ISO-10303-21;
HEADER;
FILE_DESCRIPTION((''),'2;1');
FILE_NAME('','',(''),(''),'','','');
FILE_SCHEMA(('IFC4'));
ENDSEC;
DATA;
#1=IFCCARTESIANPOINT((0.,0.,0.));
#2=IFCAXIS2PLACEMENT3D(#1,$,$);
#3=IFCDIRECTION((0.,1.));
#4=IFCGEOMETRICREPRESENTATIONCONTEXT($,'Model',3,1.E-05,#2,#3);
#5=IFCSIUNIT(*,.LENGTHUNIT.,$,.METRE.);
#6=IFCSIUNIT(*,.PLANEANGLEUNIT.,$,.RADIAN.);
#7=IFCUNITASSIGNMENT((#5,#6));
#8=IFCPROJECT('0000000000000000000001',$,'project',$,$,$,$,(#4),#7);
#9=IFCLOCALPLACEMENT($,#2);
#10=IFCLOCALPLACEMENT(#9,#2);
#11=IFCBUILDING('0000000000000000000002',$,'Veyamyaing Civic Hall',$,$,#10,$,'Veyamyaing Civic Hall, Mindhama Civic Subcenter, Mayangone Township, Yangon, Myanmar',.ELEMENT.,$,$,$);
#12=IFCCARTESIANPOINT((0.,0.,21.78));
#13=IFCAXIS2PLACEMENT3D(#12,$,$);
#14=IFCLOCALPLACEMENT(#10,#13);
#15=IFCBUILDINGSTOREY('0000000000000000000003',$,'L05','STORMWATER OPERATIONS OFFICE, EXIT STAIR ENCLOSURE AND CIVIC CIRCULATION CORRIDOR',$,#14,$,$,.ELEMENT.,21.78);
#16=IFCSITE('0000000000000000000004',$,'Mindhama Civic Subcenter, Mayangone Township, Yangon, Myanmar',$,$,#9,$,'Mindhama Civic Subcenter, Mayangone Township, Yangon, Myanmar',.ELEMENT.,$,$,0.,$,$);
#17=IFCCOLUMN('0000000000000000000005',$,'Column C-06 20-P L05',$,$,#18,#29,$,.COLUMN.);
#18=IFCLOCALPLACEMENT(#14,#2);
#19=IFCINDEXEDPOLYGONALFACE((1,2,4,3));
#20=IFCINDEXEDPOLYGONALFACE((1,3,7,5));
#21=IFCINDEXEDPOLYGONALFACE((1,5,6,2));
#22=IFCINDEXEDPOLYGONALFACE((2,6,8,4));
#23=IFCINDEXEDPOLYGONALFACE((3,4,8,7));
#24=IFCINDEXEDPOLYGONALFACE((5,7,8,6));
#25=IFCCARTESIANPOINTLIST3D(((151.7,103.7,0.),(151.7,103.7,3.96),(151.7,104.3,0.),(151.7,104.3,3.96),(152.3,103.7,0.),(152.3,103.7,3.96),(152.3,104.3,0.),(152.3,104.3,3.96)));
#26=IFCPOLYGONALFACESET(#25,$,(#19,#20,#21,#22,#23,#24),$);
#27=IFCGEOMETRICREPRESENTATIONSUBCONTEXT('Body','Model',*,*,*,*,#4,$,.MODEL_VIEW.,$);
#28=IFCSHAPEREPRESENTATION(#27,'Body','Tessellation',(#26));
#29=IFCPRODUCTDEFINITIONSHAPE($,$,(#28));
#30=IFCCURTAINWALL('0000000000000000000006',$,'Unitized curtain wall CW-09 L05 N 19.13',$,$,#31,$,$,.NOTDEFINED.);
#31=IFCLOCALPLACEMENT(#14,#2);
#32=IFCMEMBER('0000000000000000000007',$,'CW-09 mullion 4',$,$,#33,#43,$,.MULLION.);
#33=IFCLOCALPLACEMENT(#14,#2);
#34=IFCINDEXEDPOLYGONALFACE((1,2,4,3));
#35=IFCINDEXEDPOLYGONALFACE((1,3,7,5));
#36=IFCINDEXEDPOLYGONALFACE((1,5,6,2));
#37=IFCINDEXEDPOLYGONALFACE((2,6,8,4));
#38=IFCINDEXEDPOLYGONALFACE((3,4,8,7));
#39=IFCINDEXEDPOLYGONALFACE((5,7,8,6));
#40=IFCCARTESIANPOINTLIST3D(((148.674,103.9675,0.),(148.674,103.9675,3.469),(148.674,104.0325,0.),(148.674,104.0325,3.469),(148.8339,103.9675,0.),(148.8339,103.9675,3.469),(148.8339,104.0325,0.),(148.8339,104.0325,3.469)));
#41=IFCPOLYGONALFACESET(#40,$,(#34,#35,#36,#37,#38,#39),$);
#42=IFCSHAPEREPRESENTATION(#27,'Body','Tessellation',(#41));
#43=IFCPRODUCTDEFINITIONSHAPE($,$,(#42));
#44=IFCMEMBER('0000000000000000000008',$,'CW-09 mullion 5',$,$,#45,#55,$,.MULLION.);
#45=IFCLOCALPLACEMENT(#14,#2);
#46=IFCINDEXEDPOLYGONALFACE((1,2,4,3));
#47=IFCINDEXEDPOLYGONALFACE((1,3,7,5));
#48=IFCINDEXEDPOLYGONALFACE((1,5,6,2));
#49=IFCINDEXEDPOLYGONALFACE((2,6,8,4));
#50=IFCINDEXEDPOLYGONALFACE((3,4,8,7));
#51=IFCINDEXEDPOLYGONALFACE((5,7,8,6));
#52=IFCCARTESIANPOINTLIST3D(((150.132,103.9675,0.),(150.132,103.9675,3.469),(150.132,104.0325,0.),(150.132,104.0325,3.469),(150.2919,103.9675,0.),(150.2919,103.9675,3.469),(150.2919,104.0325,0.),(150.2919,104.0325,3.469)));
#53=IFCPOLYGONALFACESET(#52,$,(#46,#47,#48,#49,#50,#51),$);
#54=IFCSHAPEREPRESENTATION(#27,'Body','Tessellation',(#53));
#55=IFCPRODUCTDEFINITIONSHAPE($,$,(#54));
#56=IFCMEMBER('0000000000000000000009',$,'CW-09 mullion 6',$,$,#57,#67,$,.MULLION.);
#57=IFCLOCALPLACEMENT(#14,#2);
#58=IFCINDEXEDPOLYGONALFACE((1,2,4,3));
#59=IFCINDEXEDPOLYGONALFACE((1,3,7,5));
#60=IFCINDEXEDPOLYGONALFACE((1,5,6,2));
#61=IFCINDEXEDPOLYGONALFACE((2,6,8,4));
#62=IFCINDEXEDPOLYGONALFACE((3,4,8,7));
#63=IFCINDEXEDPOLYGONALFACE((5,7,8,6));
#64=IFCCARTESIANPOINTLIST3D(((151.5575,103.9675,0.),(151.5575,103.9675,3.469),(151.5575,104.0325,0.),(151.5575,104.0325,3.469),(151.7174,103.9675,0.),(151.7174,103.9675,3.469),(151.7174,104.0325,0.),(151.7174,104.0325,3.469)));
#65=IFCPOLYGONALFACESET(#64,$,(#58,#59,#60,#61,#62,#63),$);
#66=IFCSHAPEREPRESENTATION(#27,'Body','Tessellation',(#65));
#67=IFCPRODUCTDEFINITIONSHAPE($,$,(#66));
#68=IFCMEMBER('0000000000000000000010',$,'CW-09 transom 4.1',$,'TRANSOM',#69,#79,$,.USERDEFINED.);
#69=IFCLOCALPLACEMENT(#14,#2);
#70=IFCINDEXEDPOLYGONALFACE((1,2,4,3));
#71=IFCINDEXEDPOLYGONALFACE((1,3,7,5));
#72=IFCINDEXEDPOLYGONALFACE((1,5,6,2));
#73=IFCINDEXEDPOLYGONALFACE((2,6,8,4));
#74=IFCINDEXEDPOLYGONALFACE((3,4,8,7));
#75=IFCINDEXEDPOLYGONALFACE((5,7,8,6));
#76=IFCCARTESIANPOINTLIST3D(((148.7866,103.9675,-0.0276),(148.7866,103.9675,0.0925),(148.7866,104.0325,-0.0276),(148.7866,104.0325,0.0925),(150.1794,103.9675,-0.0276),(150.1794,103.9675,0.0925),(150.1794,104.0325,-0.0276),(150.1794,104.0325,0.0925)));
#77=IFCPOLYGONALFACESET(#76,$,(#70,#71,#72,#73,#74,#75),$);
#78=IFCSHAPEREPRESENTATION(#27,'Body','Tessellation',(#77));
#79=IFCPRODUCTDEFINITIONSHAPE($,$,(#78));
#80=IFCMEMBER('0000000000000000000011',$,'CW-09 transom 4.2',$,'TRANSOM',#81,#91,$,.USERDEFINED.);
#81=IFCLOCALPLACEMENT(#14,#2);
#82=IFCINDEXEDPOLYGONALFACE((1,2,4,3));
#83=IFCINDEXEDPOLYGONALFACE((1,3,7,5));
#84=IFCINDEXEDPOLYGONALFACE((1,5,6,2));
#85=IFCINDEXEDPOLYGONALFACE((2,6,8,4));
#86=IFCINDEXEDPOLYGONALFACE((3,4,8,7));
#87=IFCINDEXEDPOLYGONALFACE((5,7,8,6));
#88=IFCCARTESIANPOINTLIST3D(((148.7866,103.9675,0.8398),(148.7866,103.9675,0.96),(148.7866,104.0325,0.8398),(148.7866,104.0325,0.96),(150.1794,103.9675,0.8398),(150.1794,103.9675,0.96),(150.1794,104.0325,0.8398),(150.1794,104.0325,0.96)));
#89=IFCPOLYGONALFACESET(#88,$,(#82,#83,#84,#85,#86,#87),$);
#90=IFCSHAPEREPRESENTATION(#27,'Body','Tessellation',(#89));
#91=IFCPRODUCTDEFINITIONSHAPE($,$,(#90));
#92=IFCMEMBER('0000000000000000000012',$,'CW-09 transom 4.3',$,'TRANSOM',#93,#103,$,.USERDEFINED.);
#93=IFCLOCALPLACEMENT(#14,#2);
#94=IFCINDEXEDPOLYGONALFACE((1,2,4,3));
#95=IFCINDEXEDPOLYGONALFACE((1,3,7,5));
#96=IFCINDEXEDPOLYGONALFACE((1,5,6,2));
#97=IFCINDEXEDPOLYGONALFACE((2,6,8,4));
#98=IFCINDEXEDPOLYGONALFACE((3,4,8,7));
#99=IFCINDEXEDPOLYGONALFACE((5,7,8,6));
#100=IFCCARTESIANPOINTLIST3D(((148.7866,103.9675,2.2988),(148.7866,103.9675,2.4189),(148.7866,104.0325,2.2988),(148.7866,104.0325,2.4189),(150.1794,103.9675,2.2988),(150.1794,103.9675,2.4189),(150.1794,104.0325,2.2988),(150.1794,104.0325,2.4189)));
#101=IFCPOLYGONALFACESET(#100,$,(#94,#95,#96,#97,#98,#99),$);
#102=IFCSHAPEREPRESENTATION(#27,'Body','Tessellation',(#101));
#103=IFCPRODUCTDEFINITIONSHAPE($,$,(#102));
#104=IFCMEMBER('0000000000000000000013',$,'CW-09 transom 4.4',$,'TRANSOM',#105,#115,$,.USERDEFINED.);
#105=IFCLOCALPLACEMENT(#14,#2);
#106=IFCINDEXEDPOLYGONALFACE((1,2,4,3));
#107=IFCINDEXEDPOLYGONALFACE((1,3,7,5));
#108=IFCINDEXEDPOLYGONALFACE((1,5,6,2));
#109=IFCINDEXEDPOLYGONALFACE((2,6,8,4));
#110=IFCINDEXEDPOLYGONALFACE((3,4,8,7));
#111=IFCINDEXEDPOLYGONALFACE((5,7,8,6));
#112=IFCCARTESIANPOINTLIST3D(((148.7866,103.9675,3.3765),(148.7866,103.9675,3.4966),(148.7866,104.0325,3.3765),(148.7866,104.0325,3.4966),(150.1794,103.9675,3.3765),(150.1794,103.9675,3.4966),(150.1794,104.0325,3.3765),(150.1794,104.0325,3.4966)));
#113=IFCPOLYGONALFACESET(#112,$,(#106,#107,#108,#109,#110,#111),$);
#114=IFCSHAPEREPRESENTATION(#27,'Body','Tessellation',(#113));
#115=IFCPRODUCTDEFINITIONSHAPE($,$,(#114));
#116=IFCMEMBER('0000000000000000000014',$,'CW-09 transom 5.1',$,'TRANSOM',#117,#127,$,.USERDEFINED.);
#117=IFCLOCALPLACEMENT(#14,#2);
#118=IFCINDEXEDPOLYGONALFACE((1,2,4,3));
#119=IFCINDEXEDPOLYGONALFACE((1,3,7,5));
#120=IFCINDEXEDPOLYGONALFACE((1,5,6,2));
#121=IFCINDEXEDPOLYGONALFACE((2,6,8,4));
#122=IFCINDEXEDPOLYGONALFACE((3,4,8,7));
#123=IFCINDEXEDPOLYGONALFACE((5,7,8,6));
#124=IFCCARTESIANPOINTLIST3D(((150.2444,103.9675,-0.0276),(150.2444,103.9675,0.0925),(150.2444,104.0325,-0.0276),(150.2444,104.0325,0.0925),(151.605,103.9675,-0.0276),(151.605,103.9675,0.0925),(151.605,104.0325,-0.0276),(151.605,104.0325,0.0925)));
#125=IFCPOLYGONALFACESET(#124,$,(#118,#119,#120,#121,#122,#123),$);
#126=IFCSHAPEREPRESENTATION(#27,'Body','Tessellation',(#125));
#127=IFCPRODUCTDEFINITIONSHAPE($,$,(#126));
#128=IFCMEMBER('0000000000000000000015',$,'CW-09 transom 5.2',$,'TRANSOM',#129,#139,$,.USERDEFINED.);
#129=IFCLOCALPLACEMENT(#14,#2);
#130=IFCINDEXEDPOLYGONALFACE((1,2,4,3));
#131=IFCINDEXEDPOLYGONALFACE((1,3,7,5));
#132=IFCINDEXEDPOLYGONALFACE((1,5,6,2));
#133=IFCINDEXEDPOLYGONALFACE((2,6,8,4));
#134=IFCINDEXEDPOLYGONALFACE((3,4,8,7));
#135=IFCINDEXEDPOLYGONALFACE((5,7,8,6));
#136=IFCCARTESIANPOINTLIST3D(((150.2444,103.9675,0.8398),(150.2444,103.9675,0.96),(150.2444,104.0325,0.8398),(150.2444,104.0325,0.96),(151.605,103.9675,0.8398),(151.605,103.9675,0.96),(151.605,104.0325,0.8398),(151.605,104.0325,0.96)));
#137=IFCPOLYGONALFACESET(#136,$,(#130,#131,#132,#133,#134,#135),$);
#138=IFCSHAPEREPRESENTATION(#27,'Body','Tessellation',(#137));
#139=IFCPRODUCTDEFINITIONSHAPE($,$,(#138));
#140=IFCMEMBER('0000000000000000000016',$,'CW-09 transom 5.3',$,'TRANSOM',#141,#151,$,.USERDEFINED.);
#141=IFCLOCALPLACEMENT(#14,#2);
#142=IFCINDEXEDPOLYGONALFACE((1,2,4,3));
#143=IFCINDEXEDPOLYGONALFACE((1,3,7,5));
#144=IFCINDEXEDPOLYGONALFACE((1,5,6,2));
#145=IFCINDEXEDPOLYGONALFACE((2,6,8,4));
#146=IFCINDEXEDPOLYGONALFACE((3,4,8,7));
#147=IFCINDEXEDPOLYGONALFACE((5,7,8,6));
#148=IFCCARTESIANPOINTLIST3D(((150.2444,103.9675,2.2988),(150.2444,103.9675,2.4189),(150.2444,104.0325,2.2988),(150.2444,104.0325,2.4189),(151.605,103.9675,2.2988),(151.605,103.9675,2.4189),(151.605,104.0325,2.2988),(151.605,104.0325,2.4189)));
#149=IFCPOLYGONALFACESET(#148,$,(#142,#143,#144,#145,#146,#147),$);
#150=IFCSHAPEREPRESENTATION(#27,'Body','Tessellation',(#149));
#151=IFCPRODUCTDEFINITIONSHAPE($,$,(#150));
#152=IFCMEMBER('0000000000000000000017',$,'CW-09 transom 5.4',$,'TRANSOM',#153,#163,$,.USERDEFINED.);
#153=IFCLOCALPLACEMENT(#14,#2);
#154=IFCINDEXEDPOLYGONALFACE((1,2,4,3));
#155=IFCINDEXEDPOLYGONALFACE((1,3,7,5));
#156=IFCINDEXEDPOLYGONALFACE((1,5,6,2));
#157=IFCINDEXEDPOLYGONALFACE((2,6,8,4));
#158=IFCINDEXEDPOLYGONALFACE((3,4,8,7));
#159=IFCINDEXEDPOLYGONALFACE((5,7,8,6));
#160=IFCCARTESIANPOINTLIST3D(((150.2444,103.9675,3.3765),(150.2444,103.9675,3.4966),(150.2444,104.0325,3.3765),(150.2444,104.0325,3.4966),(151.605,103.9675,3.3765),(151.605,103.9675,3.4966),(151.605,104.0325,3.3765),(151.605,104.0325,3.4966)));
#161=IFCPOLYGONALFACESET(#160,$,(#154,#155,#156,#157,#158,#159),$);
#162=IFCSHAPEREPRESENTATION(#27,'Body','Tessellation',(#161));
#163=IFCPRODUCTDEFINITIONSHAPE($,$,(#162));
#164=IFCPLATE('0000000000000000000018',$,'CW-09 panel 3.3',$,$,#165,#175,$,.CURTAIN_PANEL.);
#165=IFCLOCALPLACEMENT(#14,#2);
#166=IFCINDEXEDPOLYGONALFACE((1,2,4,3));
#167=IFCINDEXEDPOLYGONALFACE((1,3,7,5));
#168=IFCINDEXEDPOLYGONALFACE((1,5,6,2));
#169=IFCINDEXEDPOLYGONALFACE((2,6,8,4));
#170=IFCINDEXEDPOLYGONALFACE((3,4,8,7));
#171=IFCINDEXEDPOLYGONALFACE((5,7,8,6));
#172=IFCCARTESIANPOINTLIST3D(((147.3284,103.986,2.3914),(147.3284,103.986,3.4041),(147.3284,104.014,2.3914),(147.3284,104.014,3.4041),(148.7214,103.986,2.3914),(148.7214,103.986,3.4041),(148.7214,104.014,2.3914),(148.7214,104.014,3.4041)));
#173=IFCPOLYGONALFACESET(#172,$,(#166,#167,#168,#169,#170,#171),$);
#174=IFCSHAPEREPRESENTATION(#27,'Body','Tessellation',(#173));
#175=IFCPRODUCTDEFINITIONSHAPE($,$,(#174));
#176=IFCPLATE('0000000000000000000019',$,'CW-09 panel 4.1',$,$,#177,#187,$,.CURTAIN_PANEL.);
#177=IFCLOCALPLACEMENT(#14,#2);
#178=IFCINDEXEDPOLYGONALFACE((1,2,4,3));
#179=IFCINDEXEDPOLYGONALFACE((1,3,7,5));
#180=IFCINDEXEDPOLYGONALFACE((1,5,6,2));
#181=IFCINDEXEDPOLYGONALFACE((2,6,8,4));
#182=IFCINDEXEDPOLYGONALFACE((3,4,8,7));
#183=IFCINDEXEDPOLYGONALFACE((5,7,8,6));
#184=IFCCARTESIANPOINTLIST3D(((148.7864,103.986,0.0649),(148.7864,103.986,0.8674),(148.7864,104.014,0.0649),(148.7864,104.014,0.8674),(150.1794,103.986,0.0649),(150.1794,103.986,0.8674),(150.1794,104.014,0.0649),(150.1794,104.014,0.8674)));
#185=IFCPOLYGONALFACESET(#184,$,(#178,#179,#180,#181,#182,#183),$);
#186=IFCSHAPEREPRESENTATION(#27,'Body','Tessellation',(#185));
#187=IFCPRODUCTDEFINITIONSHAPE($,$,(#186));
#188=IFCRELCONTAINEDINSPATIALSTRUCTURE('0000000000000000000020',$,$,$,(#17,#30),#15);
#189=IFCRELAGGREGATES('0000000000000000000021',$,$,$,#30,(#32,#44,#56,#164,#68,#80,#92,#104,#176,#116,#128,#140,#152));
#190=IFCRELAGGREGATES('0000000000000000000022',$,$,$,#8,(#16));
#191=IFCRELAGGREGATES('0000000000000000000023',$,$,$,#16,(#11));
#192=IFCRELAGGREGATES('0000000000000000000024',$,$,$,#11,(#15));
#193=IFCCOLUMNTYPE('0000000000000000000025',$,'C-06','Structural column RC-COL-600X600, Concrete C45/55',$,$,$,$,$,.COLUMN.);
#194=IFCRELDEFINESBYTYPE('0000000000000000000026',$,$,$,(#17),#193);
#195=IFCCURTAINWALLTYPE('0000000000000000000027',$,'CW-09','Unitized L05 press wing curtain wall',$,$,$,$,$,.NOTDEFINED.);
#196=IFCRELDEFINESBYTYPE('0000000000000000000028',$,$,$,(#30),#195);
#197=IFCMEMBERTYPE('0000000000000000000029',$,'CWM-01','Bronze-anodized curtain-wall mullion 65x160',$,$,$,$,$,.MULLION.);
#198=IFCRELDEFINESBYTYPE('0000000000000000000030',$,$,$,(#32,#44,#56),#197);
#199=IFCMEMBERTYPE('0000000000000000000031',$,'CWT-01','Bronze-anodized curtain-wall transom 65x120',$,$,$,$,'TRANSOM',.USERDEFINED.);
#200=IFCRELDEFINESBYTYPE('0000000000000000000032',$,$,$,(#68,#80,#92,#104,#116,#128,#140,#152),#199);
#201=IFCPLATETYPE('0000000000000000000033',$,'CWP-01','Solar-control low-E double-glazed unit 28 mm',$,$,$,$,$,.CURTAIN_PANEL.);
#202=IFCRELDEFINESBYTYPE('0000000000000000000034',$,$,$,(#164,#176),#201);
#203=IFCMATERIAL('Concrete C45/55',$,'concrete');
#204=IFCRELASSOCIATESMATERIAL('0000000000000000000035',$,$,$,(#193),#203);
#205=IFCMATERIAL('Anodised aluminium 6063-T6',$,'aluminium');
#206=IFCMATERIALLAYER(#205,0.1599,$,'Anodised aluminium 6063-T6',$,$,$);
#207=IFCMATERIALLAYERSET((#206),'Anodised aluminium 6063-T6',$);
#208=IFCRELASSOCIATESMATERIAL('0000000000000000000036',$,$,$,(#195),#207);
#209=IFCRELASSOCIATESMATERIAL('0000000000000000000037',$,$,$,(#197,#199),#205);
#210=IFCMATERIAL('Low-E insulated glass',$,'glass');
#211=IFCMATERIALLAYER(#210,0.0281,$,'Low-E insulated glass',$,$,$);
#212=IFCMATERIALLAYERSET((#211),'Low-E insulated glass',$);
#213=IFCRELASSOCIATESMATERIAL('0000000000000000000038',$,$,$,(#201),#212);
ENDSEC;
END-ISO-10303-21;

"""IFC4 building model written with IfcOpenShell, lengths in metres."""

from ifc_helpers import new_model, si_unit, direction, frame, origin, origin_2d, place, context, subcontext, project, spatial, rectangle, extrude, material, layer, layer_set, material_profile, profile_set, type_object, element, aggregate, save


model = new_model("IFC4")

# Units and contexts
model_context = context("Model", 3, precision=1e-05, world=origin(), true_north=direction((0.0, 1.0)))
body_context = subcontext(model_context, "Body", "Model", "MODEL_VIEW")
ifc_project = project(units=[si_unit("LENGTHUNIT", "METRE"), si_unit("PLANEANGLEUNIT", "RADIAN")], contexts=[model_context])

# Site, building, storey
site_placement = place(None, origin())
site = spatial("IfcSite", under=ifc_project, at=site_placement, Name="Mindhama Civic Subcenter, Mayangone Township, Yangon, Myanmar", LongName="Mindhama Civic Subcenter, Mayangone Township, Yangon, Myanmar", CompositionType="ELEMENT", RefElevation=0.0)
building_placement = place(site_placement, origin())
building = spatial("IfcBuilding", under=site, at=building_placement, Name="Veyamyaing Civic Hall", LongName="Veyamyaing Civic Hall, Mindhama Civic Subcenter, Mayangone Township, Yangon, Myanmar", CompositionType="ELEMENT")
storey_placement = place(building_placement, frame((0.0, 0.0, 21.78)))
storey = spatial("IfcBuildingStorey", under=building, at=storey_placement, Name="L05", Description="STORMWATER OPERATIONS OFFICE, EXIT STAIR ENCLOSURE AND CIVIC CIRCULATION CORRIDOR", CompositionType="ELEMENT", Elevation=21.78)

# Column
ifc_material_1 = material(Name="Concrete C45/55", Category="concrete")
ifc_material_profile_1 = material_profile(ifc_material_1, rectangle(XDim=0.6001, YDim=0.6001, at=origin_2d()), Name="RC-COL-600X600")
ifc_profile_set_1 = profile_set([ifc_material_profile_1], Name="Concrete C45/55")
column_type = type_object("IfcColumnType", Name="C-06", Description="Structural column RC-COL-600X600, Concrete C45/55", PredefinedType="COLUMN", material=ifc_profile_set_1)
column_placement = place(storey_placement, frame((152.0, 104.0, 0.0), z_axis=(0.0, 0.0, 1.0), x_axis=(1.0, 0.0, 0.0)))
element("IfcColumn", 1, at=column_placement, inside=storey, type_object=column_type, Name="Column C-06 20-P L05", PredefinedType="COLUMN", context=body_context, shape_type="SweptSolid", body=[
    extrude(rectangle(XDim=0.6001, YDim=0.6001, at=origin_2d()), origin(), (0.0, 0.0, 1.0), 3.96),
])

# Curtain wall, members, plates
ifc_material_2 = material(Name="Anodised aluminium 6063-T6", Category="aluminium")
ifc_layer_1 = layer(ifc_material_2, 0.1599, Name="Anodised aluminium 6063-T6")
ifc_layer_set_1 = layer_set([ifc_layer_1], Name="Anodised aluminium 6063-T6")
curtain_wall_type = type_object("IfcCurtainWallType", Name="CW-09", Description="Unitized L05 press wing curtain wall", PredefinedType="NOTDEFINED", material=ifc_layer_set_1)
curtain_wall_placement = place(storey_placement, origin())
curtain_wall = element("IfcCurtainWall", 2, at=curtain_wall_placement, inside=storey, type_object=curtain_wall_type, Name="Unitized curtain wall CW-09 L05 N 19.13", PredefinedType="NOTDEFINED")
ifc_material_profile_2 = material_profile(ifc_material_2, rectangle(XDim=0.0649, YDim=0.1599, at=origin_2d()), Name="ALU-MUL-65X160")
ifc_profile_set_2 = profile_set([ifc_material_profile_2], Name="Anodised aluminium 6063-T6")
member_type_1 = type_object("IfcMemberType", Name="CWM-01", Description="Bronze-anodized curtain-wall mullion 65x160", PredefinedType="MULLION", material=ifc_profile_set_2)
member_1_placement = place(storey_placement, frame((148.7539, 104.0, 0.0), z_axis=(0.0, 0.0, 1.0), x_axis=(0.0, 1.0, 0.0)))
member_1 = element("IfcMember", 3, at=member_1_placement, type_object=member_type_1, Name="CW-09 mullion 4", PredefinedType="MULLION", context=body_context, shape_type="SweptSolid", body=[
    extrude(rectangle(XDim=0.0649, YDim=0.1599, at=origin_2d()), origin(), (0.0, 0.0, 1.0), 3.469),
])
member_2_placement = place(storey_placement, frame((150.2119, 104.0, 0.0), z_axis=(0.0, 0.0, 1.0), x_axis=(0.0, 1.0, 0.0)))
member_2 = element("IfcMember", 4, at=member_2_placement, type_object=member_type_1, Name="CW-09 mullion 5", PredefinedType="MULLION", context=body_context, shape_type="SweptSolid", body=[
    extrude(rectangle(XDim=0.0649, YDim=0.1599, at=origin_2d()), origin(), (0.0, 0.0, 1.0), 3.469),
])
member_3_placement = place(storey_placement, frame((151.6375, 104.0, 0.0), z_axis=(0.0, 0.0, 1.0), x_axis=(0.0, 1.0, 0.0)))
member_3 = element("IfcMember", 5, at=member_3_placement, type_object=member_type_1, Name="CW-09 mullion 6", PredefinedType="MULLION", context=body_context, shape_type="SweptSolid", body=[
    extrude(rectangle(XDim=0.0649, YDim=0.1599, at=origin_2d()), origin(), (0.0, 0.0, 1.0), 3.469),
])
ifc_material_profile_3 = material_profile(ifc_material_2, rectangle(XDim=0.0649, YDim=0.1201, at=origin_2d()), Name="ALU-TRN-65X120")
ifc_profile_set_3 = profile_set([ifc_material_profile_3], Name="Anodised aluminium 6063-T6")
member_type_2 = type_object("IfcMemberType", Name="CWT-01", Description="Bronze-anodized curtain-wall transom 65x120", ElementType="TRANSOM", PredefinedType="USERDEFINED", material=ifc_profile_set_3)
member_4_placement = place(storey_placement, frame((148.7866, 104.0, 0.0325), z_axis=(1.0, 0.0, 0.0), x_axis=(0.0, 1.0, 0.0)))
member_4 = element("IfcMember", 6, at=member_4_placement, type_object=member_type_2, Name="CW-09 transom 4.1", ObjectType="TRANSOM", PredefinedType="USERDEFINED", context=body_context, shape_type="SweptSolid", body=[
    extrude(rectangle(XDim=0.0649, YDim=0.1201, at=origin_2d()), origin(), (0.0, 0.0, 1.0), 1.3928),
])
member_5_placement = place(storey_placement, frame((148.7866, 104.0, 0.8999), z_axis=(1.0, 0.0, 0.0), x_axis=(0.0, 1.0, 0.0)))
member_5 = element("IfcMember", 7, at=member_5_placement, type_object=member_type_2, Name="CW-09 transom 4.2", ObjectType="TRANSOM", PredefinedType="USERDEFINED", context=body_context, shape_type="SweptSolid", body=[
    extrude(rectangle(XDim=0.0649, YDim=0.1201, at=origin_2d()), origin(), (0.0, 0.0, 1.0), 1.3928),
])
member_6_placement = place(storey_placement, frame((148.7866, 104.0, 2.3589), z_axis=(1.0, 0.0, 0.0), x_axis=(0.0, 1.0, 0.0)))
member_6 = element("IfcMember", 8, at=member_6_placement, type_object=member_type_2, Name="CW-09 transom 4.3", ObjectType="TRANSOM", PredefinedType="USERDEFINED", context=body_context, shape_type="SweptSolid", body=[
    extrude(rectangle(XDim=0.0649, YDim=0.1201, at=origin_2d()), origin(), (0.0, 0.0, 1.0), 1.3928),
])
member_7_placement = place(storey_placement, frame((148.7866, 104.0, 3.4365), z_axis=(1.0, 0.0, 0.0), x_axis=(0.0, 1.0, 0.0)))
member_7 = element("IfcMember", 9, at=member_7_placement, type_object=member_type_2, Name="CW-09 transom 4.4", ObjectType="TRANSOM", PredefinedType="USERDEFINED", context=body_context, shape_type="SweptSolid", body=[
    extrude(rectangle(XDim=0.0649, YDim=0.1201, at=origin_2d()), origin(), (0.0, 0.0, 1.0), 1.3928),
])
member_8_placement = place(storey_placement, frame((150.2444, 104.0, 0.0325), z_axis=(1.0, 0.0, 0.0), x_axis=(0.0, 1.0, 0.0)))
member_8 = element("IfcMember", 10, at=member_8_placement, type_object=member_type_2, Name="CW-09 transom 5.1", ObjectType="TRANSOM", PredefinedType="USERDEFINED", context=body_context, shape_type="SweptSolid", body=[
    extrude(rectangle(XDim=0.0649, YDim=0.1201, at=origin_2d()), origin(), (0.0, 0.0, 1.0), 1.3606),
])
member_9_placement = place(storey_placement, frame((150.2444, 104.0, 0.8999), z_axis=(1.0, 0.0, 0.0), x_axis=(0.0, 1.0, 0.0)))
member_9 = element("IfcMember", 11, at=member_9_placement, type_object=member_type_2, Name="CW-09 transom 5.2", ObjectType="TRANSOM", PredefinedType="USERDEFINED", context=body_context, shape_type="SweptSolid", body=[
    extrude(rectangle(XDim=0.0649, YDim=0.1201, at=origin_2d()), origin(), (0.0, 0.0, 1.0), 1.3606),
])
member_10_placement = place(storey_placement, frame((150.2444, 104.0, 2.3589), z_axis=(1.0, 0.0, 0.0), x_axis=(0.0, 1.0, 0.0)))
member_10 = element("IfcMember", 12, at=member_10_placement, type_object=member_type_2, Name="CW-09 transom 5.3", ObjectType="TRANSOM", PredefinedType="USERDEFINED", context=body_context, shape_type="SweptSolid", body=[
    extrude(rectangle(XDim=0.0649, YDim=0.1201, at=origin_2d()), origin(), (0.0, 0.0, 1.0), 1.3606),
])
member_11_placement = place(storey_placement, frame((150.2444, 104.0, 3.4365), z_axis=(1.0, 0.0, 0.0), x_axis=(0.0, 1.0, 0.0)))
member_11 = element("IfcMember", 13, at=member_11_placement, type_object=member_type_2, Name="CW-09 transom 5.4", ObjectType="TRANSOM", PredefinedType="USERDEFINED", context=body_context, shape_type="SweptSolid", body=[
    extrude(rectangle(XDim=0.0649, YDim=0.1201, at=origin_2d()), origin(), (0.0, 0.0, 1.0), 1.3606),
])
ifc_material_3 = material(Name="Low-E insulated glass", Category="glass")
ifc_layer_2 = layer(ifc_material_3, 0.0281, Name="Low-E insulated glass")
ifc_layer_set_2 = layer_set([ifc_layer_2], Name="Low-E insulated glass")
plate_type = type_object("IfcPlateType", Name="CWP-01", Description="Solar-control low-E double-glazed unit 28 mm", PredefinedType="CURTAIN_PANEL", material=ifc_layer_set_2)
plate_1_placement = place(storey_placement, frame((148.0249, 104.0, 2.3914), z_axis=(0.0, 0.0, 1.0), x_axis=(1.0, 0.0, 0.0)))
plate_1 = element("IfcPlate", 14, at=plate_1_placement, type_object=plate_type, Name="CW-09 panel 3.3", PredefinedType="CURTAIN_PANEL", context=body_context, shape_type="SweptSolid", body=[
    extrude(rectangle(XDim=1.3931, YDim=0.0281, at=origin_2d()), origin(), (0.0, 0.0, 1.0), 1.0127),
])
plate_2_placement = place(storey_placement, frame((149.4829, 104.0, 0.0649), z_axis=(0.0, 0.0, 1.0), x_axis=(1.0, 0.0, 0.0)))
plate_2 = element("IfcPlate", 15, at=plate_2_placement, type_object=plate_type, Name="CW-09 panel 4.1", PredefinedType="CURTAIN_PANEL", context=body_context, shape_type="SweptSolid", body=[
    extrude(rectangle(XDim=1.3931, YDim=0.0281, at=origin_2d()), origin(), (0.0, 0.0, 1.0), 0.8025),
])
aggregate(curtain_wall, [member_1, member_2, member_3, plate_1, member_4, member_5, member_6, member_7, plate_2, member_8, member_9, member_10, member_11])

save(model, "model.ifc")
